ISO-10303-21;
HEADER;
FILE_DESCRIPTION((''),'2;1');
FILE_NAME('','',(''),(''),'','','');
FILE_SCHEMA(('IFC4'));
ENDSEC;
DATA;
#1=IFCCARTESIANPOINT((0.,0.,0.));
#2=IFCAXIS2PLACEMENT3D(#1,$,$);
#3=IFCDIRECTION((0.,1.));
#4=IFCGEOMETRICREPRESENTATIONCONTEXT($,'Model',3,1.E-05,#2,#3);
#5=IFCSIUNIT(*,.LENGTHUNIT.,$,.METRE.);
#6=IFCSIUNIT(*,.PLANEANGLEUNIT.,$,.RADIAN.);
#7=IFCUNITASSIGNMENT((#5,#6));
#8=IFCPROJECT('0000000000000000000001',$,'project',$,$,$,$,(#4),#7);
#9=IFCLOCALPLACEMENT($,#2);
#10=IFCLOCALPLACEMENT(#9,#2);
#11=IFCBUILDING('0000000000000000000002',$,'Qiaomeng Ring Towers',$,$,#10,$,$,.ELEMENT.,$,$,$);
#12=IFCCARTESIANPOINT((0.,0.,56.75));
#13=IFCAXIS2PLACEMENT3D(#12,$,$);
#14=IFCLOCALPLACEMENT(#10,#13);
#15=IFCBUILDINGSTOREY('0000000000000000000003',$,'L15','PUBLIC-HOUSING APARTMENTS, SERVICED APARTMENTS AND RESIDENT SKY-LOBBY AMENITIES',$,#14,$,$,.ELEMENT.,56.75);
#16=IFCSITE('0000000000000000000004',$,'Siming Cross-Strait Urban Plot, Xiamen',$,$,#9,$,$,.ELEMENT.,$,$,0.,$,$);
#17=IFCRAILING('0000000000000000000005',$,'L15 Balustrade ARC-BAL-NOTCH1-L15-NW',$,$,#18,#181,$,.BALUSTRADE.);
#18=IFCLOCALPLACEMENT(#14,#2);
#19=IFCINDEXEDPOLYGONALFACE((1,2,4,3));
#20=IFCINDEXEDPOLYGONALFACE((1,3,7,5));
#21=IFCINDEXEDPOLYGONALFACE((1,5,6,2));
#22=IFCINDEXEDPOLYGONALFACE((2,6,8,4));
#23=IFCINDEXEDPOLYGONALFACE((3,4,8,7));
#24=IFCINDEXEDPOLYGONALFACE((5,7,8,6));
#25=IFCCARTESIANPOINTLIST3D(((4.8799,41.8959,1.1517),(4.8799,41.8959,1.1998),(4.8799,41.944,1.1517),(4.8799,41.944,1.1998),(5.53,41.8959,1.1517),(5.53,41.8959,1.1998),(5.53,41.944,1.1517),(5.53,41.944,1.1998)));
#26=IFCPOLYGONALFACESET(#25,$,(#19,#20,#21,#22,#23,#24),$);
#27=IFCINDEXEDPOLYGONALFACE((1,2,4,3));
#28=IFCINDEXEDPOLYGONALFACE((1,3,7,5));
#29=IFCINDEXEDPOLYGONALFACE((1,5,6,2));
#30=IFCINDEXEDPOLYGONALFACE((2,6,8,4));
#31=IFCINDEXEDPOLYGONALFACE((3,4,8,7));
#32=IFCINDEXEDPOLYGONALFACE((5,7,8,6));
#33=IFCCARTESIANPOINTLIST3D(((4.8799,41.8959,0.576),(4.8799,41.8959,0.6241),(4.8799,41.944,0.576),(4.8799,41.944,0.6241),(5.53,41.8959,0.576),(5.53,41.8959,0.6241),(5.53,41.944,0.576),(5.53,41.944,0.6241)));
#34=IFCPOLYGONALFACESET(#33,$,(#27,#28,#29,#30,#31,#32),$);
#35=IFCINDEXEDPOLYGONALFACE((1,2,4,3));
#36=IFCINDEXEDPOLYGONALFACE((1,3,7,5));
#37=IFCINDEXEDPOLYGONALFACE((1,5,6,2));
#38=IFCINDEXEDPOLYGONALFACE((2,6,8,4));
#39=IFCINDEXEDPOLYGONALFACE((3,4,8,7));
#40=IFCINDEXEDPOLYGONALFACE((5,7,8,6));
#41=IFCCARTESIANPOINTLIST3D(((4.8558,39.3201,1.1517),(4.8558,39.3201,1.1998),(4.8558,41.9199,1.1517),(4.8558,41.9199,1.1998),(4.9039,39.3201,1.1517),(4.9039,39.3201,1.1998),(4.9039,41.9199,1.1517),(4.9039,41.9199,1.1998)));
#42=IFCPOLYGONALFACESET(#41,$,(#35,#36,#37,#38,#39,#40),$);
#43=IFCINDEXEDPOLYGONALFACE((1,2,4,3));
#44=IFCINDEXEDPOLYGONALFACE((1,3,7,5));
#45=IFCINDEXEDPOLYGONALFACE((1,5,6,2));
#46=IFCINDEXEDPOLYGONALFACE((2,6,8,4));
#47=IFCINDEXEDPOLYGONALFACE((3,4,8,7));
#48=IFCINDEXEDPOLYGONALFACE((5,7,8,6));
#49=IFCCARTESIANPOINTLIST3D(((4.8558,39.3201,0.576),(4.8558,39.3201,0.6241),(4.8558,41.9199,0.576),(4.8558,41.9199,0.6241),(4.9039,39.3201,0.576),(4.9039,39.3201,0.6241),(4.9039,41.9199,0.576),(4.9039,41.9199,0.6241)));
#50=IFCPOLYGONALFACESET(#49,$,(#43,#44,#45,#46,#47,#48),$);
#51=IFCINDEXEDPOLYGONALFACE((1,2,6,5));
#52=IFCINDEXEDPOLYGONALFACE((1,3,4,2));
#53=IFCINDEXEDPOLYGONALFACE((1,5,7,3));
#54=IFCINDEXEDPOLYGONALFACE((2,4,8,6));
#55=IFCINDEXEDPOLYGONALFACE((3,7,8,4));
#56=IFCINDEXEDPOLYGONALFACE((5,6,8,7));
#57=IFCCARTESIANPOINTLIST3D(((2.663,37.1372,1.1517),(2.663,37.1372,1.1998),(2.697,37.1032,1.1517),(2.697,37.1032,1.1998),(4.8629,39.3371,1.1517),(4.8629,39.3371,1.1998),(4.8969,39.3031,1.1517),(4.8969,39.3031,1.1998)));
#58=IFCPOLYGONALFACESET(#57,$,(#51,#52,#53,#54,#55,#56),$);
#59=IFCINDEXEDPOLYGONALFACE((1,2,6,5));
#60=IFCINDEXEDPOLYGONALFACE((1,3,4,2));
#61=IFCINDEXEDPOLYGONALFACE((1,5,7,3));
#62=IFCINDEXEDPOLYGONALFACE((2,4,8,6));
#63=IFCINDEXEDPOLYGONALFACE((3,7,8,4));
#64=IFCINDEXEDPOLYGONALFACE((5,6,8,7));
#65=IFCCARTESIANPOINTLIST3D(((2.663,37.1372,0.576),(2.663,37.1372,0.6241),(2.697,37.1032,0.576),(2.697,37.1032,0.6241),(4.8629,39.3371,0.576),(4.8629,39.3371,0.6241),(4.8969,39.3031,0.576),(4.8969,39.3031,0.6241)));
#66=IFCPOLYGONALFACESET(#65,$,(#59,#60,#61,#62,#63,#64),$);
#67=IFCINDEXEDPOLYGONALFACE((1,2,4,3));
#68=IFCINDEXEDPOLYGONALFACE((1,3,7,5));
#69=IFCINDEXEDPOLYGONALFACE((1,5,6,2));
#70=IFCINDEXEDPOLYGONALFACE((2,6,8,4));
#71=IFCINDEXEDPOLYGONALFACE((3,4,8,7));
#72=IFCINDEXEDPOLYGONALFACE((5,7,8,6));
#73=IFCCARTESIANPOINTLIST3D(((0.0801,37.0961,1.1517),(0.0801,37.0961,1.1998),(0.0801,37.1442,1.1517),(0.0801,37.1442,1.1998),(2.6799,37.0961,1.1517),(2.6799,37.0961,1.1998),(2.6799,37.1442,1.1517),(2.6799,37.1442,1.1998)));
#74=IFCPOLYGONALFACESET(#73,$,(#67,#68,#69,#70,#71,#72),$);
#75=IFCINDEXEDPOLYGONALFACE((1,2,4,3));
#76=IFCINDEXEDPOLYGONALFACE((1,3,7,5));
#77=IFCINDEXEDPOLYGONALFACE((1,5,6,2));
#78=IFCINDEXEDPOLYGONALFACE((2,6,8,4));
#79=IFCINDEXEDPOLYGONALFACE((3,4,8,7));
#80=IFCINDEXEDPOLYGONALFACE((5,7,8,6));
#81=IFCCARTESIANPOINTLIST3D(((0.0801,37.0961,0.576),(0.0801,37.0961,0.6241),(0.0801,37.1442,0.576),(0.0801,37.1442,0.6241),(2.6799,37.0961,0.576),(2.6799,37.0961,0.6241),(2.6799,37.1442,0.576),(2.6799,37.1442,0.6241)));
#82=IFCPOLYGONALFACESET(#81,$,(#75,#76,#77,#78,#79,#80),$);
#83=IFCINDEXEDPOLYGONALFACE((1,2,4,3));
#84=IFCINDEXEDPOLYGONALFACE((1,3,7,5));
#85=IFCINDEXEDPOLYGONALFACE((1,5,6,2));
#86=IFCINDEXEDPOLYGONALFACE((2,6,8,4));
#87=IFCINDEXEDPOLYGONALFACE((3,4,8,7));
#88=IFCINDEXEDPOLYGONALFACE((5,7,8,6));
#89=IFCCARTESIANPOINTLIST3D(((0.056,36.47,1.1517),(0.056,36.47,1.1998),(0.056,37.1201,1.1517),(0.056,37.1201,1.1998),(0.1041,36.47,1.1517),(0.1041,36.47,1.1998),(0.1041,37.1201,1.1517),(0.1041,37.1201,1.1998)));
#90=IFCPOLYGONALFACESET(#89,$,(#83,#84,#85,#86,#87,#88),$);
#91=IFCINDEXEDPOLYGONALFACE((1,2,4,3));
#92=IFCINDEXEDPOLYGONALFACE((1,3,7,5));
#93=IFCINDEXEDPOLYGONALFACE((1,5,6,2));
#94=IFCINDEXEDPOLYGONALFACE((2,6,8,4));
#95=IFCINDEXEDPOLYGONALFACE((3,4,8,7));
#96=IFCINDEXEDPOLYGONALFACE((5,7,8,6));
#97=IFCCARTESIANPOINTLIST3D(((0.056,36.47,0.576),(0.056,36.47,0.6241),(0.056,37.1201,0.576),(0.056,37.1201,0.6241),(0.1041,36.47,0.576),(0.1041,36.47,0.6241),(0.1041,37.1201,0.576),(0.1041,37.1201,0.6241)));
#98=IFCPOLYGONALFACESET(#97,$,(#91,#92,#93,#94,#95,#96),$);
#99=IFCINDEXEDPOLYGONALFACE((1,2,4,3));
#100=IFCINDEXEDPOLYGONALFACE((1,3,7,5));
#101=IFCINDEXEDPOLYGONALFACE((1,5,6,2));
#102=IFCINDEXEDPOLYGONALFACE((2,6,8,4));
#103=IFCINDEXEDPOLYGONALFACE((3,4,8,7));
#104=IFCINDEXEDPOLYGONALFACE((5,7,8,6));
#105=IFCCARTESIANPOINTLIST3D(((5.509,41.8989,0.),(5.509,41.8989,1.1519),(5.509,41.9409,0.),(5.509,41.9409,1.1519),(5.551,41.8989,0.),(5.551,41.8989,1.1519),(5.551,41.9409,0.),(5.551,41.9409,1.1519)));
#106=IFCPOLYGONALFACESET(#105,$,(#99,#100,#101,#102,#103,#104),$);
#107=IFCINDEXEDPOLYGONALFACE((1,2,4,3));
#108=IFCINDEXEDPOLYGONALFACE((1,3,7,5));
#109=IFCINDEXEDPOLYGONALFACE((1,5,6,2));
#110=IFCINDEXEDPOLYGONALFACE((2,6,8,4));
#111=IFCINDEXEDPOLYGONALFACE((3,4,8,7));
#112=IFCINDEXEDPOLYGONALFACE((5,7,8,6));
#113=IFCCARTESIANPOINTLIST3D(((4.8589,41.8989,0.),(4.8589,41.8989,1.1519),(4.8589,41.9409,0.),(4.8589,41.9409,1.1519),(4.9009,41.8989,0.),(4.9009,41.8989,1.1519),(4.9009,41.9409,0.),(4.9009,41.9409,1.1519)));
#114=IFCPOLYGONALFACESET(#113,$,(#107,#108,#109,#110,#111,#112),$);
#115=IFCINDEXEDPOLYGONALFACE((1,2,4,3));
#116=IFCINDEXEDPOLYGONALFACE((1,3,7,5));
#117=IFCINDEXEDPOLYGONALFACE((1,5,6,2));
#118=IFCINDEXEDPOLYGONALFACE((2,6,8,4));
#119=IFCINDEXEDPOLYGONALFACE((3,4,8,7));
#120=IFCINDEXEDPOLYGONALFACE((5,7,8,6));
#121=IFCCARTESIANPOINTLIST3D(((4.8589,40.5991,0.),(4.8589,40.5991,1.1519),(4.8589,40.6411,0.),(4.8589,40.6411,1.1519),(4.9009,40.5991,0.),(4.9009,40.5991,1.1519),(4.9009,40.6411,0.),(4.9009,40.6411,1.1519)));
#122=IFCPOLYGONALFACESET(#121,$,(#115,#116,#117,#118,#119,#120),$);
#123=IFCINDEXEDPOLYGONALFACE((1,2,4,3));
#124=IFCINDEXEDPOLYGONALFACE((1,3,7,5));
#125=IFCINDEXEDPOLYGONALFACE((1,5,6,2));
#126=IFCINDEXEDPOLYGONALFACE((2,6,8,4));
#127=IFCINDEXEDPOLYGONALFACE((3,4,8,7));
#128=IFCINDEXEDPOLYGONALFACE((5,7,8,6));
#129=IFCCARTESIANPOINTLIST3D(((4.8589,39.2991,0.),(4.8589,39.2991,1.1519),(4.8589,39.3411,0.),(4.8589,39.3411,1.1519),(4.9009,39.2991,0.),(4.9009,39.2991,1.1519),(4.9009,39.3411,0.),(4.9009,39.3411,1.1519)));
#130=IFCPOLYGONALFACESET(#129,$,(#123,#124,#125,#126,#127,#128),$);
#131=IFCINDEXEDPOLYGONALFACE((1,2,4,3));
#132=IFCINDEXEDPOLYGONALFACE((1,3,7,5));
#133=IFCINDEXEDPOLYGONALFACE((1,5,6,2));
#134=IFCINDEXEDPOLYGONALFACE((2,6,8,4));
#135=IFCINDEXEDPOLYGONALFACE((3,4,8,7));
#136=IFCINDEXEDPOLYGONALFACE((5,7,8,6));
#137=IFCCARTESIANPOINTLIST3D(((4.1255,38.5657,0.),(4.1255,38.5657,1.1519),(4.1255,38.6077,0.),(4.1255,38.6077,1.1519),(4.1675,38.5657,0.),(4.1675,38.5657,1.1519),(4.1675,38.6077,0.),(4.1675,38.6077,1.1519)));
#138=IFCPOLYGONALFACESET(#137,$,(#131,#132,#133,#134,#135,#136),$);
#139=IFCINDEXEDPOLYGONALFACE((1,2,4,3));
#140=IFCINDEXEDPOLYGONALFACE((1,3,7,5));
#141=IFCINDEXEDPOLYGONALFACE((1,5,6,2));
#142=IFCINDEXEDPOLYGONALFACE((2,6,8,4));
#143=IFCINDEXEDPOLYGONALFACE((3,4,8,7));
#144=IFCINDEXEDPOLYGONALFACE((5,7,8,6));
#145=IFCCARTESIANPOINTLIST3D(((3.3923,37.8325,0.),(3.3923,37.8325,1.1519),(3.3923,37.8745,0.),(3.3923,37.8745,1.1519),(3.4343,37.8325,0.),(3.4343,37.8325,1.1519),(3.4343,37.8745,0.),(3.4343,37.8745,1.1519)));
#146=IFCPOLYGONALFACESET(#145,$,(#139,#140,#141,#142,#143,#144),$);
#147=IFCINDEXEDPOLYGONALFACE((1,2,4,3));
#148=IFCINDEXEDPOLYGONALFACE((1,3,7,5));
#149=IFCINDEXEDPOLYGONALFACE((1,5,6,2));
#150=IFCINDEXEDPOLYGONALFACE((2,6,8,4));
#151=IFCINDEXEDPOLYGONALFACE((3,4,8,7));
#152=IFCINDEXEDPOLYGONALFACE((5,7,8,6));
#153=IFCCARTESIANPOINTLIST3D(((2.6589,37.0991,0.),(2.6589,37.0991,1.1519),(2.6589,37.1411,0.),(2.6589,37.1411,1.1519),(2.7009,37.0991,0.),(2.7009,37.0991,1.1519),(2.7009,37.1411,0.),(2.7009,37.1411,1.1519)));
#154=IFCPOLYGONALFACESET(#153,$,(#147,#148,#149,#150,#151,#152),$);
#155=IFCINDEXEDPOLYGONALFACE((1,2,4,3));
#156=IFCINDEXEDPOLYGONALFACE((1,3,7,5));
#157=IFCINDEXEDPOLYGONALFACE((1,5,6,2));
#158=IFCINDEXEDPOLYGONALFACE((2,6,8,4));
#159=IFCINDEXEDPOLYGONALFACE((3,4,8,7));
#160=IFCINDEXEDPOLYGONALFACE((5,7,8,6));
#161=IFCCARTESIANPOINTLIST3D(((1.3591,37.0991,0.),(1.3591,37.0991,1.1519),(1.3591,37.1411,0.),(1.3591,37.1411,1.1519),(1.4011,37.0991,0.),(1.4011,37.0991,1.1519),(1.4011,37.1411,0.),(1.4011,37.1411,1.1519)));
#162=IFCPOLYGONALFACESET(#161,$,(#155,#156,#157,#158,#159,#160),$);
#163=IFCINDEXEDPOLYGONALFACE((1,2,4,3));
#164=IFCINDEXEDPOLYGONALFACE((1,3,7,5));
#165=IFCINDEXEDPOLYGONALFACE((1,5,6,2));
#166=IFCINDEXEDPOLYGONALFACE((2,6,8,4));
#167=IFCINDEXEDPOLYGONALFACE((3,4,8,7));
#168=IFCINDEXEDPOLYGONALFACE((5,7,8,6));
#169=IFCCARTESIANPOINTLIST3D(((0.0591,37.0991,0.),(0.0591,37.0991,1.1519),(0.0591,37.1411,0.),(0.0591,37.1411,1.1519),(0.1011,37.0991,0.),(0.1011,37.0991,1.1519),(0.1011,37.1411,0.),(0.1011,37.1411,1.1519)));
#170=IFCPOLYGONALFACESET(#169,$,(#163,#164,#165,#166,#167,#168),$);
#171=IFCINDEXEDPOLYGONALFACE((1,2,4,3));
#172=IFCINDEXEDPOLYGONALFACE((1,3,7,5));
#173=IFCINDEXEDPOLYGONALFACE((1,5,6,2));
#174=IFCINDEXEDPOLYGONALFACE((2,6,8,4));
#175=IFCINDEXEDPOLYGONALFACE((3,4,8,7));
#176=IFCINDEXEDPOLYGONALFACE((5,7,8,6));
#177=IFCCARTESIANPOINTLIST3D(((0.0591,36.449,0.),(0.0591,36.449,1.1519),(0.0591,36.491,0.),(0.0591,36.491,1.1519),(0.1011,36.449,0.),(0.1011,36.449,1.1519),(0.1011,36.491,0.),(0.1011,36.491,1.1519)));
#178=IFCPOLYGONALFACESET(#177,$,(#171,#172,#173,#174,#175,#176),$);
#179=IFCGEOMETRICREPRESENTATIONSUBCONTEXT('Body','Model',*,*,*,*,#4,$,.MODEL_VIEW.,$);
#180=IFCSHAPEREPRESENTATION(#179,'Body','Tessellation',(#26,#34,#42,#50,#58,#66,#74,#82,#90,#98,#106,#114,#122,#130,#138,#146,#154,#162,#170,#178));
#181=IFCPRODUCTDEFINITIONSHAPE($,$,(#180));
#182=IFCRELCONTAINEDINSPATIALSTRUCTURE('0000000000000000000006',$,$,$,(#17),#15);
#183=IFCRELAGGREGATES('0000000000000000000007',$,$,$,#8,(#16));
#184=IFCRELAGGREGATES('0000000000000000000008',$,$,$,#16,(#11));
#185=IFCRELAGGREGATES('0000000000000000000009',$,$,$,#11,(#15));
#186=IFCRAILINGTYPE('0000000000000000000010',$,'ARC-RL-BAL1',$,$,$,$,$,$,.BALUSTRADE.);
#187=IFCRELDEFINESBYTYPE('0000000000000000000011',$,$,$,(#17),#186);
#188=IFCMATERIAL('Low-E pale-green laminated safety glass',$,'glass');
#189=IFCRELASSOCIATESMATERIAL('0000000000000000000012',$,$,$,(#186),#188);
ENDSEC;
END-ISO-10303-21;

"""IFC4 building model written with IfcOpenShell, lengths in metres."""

from ifc_helpers import new_model, si_unit, direction, frame, origin, origin_2d, place, context, subcontext, project, spatial, rectangle, extrude, material, type_object, element, save


model = new_model("IFC4")

# Units and contexts
model_context = context("Model", 3, precision=1e-05, world=origin(), true_north=direction((0.0, 1.0)))
body_context = subcontext(model_context, "Body", "Model", "MODEL_VIEW")
ifc_project = project(units=[si_unit("LENGTHUNIT", "METRE"), si_unit("PLANEANGLEUNIT", "RADIAN")], contexts=[model_context])

# Site, building, storey
site_placement = place(None, origin())
site = spatial("IfcSite", under=ifc_project, at=site_placement, Name="Siming Cross-Strait Urban Plot, Xiamen", CompositionType="ELEMENT", RefElevation=0.0)
building_placement = place(site_placement, origin())
building = spatial("IfcBuilding", under=site, at=building_placement, Name="Qiaomeng Ring Towers", CompositionType="ELEMENT")
storey_placement = place(building_placement, frame((0.0, 0.0, 56.75)))
storey = spatial("IfcBuildingStorey", under=building, at=storey_placement, Name="L15", Description="PUBLIC-HOUSING APARTMENTS, SERVICED APARTMENTS AND RESIDENT SKY-LOBBY AMENITIES", CompositionType="ELEMENT", Elevation=56.75)

# Railing
ifc_material_1 = material(Name="Low-E pale-green laminated safety glass", Category="glass")
railing_type = type_object("IfcRailingType", Name="ARC-RL-BAL1", PredefinedType="BALUSTRADE", material=ifc_material_1)
railing_placement = place(storey_placement, frame((5.53, 41.9199, 0.0)))
element("IfcRailing", 1, at=railing_placement, inside=storey, type_object=railing_type, Name="L15 Balustrade ARC-BAL-NOTCH1-L15-NW", PredefinedType="BALUSTRADE", context=body_context, shape_type="SweptSolid", body=[
    extrude(rectangle(XDim=0.0481, YDim=0.0481, at=origin_2d()), frame((0.0, 0.0, 1.1758), z_axis=(-1.0, 0.0, 0.0), x_axis=(0.0, -1.0, 0.0)), (0.0, 0.0, 1.0), 0.6501),
    extrude(rectangle(XDim=0.0481, YDim=0.0481, at=origin_2d()), frame((0.0, 0.0, 0.6001), z_axis=(-1.0, 0.0, 0.0), x_axis=(0.0, -1.0, 0.0)), (0.0, 0.0, 1.0), 0.6501),
    extrude(rectangle(XDim=0.0481, YDim=0.0481, at=origin_2d()), frame((-0.6501, 0.0, 1.1758), z_axis=(0.0, -1.0, 0.0), x_axis=(1.0, 0.0, 0.0)), (0.0, 0.0, 1.0), 2.5999),
    extrude(rectangle(XDim=0.0481, YDim=0.0481, at=origin_2d()), frame((-0.6501, 0.0, 0.6001), z_axis=(0.0, -1.0, 0.0), x_axis=(1.0, 0.0, 0.0)), (0.0, 0.0, 1.0), 2.5999),
    extrude(rectangle(XDim=0.0481, YDim=0.0481, at=origin_2d()), frame((-0.6501, -2.5999, 1.1758), z_axis=(-0.707107, -0.707107, 0.0), x_axis=(0.707107, -0.707107, 0.0)), (0.0, 0.0, 1.0), 3.1111),
    extrude(rectangle(XDim=0.0481, YDim=0.0481, at=origin_2d()), frame((-0.6501, -2.5999, 0.6001), z_axis=(-0.707107, -0.707107, 0.0), x_axis=(0.707107, -0.707107, 0.0)), (0.0, 0.0, 1.0), 3.1111),
    extrude(rectangle(XDim=0.0481, YDim=0.0481, at=origin_2d()), frame((-2.8501, -4.7998, 1.1758), z_axis=(-1.0, 0.0, 0.0), x_axis=(0.0, -1.0, 0.0)), (0.0, 0.0, 1.0), 2.5999),
    extrude(rectangle(XDim=0.0481, YDim=0.0481, at=origin_2d()), frame((-2.8501, -4.7998, 0.6001), z_axis=(-1.0, 0.0, 0.0), x_axis=(0.0, -1.0, 0.0)), (0.0, 0.0, 1.0), 2.5999),
    extrude(rectangle(XDim=0.0481, YDim=0.0481, at=origin_2d()), frame((-5.45, -4.7998, 1.1758), z_axis=(0.0, -1.0, 0.0), x_axis=(1.0, 0.0, 0.0)), (0.0, 0.0, 1.0), 0.6501),
    extrude(rectangle(XDim=0.0481, YDim=0.0481, at=origin_2d()), frame((-5.45, -4.7998, 0.6001), z_axis=(0.0, -1.0, 0.0), x_axis=(1.0, 0.0, 0.0)), (0.0, 0.0, 1.0), 0.6501),
    extrude(rectangle(XDim=0.042, YDim=0.042, at=origin_2d()), origin(), (0.0, 0.0, 1.0), 1.1519),
    extrude(rectangle(XDim=0.042, YDim=0.042, at=origin_2d()), frame((-0.6501, 0.0, 0.0)), (0.0, 0.0, 1.0), 1.1519),
    extrude(rectangle(XDim=0.042, YDim=0.042, at=origin_2d()), frame((-0.6501, -1.2998, 0.0)), (0.0, 0.0, 1.0), 1.1519),
    extrude(rectangle(XDim=0.042, YDim=0.042, at=origin_2d()), frame((-0.6501, -2.5999, 0.0)), (0.0, 0.0, 1.0), 1.1519),
    extrude(rectangle(XDim=0.042, YDim=0.042, at=origin_2d()), frame((-1.3835, -3.3333, 0.0)), (0.0, 0.0, 1.0), 1.1519),
    extrude(rectangle(XDim=0.042, YDim=0.042, at=origin_2d()), frame((-2.1167, -4.0664, 0.0)), (0.0, 0.0, 1.0), 1.1519),
    extrude(rectangle(XDim=0.042, YDim=0.042, at=origin_2d()), frame((-2.8501, -4.7998, 0.0)), (0.0, 0.0, 1.0), 1.1519),
    extrude(rectangle(XDim=0.042, YDim=0.042, at=origin_2d()), frame((-4.1499, -4.7998, 0.0)), (0.0, 0.0, 1.0), 1.1519),
    extrude(rectangle(XDim=0.042, YDim=0.042, at=origin_2d()), frame((-5.45, -4.7998, 0.0)), (0.0, 0.0, 1.0), 1.1519),
    extrude(rectangle(XDim=0.042, YDim=0.042, at=origin_2d()), frame((-5.45, -5.45, 0.0)), (0.0, 0.0, 1.0), 1.1519),
])

save(model, "model.ifc")
